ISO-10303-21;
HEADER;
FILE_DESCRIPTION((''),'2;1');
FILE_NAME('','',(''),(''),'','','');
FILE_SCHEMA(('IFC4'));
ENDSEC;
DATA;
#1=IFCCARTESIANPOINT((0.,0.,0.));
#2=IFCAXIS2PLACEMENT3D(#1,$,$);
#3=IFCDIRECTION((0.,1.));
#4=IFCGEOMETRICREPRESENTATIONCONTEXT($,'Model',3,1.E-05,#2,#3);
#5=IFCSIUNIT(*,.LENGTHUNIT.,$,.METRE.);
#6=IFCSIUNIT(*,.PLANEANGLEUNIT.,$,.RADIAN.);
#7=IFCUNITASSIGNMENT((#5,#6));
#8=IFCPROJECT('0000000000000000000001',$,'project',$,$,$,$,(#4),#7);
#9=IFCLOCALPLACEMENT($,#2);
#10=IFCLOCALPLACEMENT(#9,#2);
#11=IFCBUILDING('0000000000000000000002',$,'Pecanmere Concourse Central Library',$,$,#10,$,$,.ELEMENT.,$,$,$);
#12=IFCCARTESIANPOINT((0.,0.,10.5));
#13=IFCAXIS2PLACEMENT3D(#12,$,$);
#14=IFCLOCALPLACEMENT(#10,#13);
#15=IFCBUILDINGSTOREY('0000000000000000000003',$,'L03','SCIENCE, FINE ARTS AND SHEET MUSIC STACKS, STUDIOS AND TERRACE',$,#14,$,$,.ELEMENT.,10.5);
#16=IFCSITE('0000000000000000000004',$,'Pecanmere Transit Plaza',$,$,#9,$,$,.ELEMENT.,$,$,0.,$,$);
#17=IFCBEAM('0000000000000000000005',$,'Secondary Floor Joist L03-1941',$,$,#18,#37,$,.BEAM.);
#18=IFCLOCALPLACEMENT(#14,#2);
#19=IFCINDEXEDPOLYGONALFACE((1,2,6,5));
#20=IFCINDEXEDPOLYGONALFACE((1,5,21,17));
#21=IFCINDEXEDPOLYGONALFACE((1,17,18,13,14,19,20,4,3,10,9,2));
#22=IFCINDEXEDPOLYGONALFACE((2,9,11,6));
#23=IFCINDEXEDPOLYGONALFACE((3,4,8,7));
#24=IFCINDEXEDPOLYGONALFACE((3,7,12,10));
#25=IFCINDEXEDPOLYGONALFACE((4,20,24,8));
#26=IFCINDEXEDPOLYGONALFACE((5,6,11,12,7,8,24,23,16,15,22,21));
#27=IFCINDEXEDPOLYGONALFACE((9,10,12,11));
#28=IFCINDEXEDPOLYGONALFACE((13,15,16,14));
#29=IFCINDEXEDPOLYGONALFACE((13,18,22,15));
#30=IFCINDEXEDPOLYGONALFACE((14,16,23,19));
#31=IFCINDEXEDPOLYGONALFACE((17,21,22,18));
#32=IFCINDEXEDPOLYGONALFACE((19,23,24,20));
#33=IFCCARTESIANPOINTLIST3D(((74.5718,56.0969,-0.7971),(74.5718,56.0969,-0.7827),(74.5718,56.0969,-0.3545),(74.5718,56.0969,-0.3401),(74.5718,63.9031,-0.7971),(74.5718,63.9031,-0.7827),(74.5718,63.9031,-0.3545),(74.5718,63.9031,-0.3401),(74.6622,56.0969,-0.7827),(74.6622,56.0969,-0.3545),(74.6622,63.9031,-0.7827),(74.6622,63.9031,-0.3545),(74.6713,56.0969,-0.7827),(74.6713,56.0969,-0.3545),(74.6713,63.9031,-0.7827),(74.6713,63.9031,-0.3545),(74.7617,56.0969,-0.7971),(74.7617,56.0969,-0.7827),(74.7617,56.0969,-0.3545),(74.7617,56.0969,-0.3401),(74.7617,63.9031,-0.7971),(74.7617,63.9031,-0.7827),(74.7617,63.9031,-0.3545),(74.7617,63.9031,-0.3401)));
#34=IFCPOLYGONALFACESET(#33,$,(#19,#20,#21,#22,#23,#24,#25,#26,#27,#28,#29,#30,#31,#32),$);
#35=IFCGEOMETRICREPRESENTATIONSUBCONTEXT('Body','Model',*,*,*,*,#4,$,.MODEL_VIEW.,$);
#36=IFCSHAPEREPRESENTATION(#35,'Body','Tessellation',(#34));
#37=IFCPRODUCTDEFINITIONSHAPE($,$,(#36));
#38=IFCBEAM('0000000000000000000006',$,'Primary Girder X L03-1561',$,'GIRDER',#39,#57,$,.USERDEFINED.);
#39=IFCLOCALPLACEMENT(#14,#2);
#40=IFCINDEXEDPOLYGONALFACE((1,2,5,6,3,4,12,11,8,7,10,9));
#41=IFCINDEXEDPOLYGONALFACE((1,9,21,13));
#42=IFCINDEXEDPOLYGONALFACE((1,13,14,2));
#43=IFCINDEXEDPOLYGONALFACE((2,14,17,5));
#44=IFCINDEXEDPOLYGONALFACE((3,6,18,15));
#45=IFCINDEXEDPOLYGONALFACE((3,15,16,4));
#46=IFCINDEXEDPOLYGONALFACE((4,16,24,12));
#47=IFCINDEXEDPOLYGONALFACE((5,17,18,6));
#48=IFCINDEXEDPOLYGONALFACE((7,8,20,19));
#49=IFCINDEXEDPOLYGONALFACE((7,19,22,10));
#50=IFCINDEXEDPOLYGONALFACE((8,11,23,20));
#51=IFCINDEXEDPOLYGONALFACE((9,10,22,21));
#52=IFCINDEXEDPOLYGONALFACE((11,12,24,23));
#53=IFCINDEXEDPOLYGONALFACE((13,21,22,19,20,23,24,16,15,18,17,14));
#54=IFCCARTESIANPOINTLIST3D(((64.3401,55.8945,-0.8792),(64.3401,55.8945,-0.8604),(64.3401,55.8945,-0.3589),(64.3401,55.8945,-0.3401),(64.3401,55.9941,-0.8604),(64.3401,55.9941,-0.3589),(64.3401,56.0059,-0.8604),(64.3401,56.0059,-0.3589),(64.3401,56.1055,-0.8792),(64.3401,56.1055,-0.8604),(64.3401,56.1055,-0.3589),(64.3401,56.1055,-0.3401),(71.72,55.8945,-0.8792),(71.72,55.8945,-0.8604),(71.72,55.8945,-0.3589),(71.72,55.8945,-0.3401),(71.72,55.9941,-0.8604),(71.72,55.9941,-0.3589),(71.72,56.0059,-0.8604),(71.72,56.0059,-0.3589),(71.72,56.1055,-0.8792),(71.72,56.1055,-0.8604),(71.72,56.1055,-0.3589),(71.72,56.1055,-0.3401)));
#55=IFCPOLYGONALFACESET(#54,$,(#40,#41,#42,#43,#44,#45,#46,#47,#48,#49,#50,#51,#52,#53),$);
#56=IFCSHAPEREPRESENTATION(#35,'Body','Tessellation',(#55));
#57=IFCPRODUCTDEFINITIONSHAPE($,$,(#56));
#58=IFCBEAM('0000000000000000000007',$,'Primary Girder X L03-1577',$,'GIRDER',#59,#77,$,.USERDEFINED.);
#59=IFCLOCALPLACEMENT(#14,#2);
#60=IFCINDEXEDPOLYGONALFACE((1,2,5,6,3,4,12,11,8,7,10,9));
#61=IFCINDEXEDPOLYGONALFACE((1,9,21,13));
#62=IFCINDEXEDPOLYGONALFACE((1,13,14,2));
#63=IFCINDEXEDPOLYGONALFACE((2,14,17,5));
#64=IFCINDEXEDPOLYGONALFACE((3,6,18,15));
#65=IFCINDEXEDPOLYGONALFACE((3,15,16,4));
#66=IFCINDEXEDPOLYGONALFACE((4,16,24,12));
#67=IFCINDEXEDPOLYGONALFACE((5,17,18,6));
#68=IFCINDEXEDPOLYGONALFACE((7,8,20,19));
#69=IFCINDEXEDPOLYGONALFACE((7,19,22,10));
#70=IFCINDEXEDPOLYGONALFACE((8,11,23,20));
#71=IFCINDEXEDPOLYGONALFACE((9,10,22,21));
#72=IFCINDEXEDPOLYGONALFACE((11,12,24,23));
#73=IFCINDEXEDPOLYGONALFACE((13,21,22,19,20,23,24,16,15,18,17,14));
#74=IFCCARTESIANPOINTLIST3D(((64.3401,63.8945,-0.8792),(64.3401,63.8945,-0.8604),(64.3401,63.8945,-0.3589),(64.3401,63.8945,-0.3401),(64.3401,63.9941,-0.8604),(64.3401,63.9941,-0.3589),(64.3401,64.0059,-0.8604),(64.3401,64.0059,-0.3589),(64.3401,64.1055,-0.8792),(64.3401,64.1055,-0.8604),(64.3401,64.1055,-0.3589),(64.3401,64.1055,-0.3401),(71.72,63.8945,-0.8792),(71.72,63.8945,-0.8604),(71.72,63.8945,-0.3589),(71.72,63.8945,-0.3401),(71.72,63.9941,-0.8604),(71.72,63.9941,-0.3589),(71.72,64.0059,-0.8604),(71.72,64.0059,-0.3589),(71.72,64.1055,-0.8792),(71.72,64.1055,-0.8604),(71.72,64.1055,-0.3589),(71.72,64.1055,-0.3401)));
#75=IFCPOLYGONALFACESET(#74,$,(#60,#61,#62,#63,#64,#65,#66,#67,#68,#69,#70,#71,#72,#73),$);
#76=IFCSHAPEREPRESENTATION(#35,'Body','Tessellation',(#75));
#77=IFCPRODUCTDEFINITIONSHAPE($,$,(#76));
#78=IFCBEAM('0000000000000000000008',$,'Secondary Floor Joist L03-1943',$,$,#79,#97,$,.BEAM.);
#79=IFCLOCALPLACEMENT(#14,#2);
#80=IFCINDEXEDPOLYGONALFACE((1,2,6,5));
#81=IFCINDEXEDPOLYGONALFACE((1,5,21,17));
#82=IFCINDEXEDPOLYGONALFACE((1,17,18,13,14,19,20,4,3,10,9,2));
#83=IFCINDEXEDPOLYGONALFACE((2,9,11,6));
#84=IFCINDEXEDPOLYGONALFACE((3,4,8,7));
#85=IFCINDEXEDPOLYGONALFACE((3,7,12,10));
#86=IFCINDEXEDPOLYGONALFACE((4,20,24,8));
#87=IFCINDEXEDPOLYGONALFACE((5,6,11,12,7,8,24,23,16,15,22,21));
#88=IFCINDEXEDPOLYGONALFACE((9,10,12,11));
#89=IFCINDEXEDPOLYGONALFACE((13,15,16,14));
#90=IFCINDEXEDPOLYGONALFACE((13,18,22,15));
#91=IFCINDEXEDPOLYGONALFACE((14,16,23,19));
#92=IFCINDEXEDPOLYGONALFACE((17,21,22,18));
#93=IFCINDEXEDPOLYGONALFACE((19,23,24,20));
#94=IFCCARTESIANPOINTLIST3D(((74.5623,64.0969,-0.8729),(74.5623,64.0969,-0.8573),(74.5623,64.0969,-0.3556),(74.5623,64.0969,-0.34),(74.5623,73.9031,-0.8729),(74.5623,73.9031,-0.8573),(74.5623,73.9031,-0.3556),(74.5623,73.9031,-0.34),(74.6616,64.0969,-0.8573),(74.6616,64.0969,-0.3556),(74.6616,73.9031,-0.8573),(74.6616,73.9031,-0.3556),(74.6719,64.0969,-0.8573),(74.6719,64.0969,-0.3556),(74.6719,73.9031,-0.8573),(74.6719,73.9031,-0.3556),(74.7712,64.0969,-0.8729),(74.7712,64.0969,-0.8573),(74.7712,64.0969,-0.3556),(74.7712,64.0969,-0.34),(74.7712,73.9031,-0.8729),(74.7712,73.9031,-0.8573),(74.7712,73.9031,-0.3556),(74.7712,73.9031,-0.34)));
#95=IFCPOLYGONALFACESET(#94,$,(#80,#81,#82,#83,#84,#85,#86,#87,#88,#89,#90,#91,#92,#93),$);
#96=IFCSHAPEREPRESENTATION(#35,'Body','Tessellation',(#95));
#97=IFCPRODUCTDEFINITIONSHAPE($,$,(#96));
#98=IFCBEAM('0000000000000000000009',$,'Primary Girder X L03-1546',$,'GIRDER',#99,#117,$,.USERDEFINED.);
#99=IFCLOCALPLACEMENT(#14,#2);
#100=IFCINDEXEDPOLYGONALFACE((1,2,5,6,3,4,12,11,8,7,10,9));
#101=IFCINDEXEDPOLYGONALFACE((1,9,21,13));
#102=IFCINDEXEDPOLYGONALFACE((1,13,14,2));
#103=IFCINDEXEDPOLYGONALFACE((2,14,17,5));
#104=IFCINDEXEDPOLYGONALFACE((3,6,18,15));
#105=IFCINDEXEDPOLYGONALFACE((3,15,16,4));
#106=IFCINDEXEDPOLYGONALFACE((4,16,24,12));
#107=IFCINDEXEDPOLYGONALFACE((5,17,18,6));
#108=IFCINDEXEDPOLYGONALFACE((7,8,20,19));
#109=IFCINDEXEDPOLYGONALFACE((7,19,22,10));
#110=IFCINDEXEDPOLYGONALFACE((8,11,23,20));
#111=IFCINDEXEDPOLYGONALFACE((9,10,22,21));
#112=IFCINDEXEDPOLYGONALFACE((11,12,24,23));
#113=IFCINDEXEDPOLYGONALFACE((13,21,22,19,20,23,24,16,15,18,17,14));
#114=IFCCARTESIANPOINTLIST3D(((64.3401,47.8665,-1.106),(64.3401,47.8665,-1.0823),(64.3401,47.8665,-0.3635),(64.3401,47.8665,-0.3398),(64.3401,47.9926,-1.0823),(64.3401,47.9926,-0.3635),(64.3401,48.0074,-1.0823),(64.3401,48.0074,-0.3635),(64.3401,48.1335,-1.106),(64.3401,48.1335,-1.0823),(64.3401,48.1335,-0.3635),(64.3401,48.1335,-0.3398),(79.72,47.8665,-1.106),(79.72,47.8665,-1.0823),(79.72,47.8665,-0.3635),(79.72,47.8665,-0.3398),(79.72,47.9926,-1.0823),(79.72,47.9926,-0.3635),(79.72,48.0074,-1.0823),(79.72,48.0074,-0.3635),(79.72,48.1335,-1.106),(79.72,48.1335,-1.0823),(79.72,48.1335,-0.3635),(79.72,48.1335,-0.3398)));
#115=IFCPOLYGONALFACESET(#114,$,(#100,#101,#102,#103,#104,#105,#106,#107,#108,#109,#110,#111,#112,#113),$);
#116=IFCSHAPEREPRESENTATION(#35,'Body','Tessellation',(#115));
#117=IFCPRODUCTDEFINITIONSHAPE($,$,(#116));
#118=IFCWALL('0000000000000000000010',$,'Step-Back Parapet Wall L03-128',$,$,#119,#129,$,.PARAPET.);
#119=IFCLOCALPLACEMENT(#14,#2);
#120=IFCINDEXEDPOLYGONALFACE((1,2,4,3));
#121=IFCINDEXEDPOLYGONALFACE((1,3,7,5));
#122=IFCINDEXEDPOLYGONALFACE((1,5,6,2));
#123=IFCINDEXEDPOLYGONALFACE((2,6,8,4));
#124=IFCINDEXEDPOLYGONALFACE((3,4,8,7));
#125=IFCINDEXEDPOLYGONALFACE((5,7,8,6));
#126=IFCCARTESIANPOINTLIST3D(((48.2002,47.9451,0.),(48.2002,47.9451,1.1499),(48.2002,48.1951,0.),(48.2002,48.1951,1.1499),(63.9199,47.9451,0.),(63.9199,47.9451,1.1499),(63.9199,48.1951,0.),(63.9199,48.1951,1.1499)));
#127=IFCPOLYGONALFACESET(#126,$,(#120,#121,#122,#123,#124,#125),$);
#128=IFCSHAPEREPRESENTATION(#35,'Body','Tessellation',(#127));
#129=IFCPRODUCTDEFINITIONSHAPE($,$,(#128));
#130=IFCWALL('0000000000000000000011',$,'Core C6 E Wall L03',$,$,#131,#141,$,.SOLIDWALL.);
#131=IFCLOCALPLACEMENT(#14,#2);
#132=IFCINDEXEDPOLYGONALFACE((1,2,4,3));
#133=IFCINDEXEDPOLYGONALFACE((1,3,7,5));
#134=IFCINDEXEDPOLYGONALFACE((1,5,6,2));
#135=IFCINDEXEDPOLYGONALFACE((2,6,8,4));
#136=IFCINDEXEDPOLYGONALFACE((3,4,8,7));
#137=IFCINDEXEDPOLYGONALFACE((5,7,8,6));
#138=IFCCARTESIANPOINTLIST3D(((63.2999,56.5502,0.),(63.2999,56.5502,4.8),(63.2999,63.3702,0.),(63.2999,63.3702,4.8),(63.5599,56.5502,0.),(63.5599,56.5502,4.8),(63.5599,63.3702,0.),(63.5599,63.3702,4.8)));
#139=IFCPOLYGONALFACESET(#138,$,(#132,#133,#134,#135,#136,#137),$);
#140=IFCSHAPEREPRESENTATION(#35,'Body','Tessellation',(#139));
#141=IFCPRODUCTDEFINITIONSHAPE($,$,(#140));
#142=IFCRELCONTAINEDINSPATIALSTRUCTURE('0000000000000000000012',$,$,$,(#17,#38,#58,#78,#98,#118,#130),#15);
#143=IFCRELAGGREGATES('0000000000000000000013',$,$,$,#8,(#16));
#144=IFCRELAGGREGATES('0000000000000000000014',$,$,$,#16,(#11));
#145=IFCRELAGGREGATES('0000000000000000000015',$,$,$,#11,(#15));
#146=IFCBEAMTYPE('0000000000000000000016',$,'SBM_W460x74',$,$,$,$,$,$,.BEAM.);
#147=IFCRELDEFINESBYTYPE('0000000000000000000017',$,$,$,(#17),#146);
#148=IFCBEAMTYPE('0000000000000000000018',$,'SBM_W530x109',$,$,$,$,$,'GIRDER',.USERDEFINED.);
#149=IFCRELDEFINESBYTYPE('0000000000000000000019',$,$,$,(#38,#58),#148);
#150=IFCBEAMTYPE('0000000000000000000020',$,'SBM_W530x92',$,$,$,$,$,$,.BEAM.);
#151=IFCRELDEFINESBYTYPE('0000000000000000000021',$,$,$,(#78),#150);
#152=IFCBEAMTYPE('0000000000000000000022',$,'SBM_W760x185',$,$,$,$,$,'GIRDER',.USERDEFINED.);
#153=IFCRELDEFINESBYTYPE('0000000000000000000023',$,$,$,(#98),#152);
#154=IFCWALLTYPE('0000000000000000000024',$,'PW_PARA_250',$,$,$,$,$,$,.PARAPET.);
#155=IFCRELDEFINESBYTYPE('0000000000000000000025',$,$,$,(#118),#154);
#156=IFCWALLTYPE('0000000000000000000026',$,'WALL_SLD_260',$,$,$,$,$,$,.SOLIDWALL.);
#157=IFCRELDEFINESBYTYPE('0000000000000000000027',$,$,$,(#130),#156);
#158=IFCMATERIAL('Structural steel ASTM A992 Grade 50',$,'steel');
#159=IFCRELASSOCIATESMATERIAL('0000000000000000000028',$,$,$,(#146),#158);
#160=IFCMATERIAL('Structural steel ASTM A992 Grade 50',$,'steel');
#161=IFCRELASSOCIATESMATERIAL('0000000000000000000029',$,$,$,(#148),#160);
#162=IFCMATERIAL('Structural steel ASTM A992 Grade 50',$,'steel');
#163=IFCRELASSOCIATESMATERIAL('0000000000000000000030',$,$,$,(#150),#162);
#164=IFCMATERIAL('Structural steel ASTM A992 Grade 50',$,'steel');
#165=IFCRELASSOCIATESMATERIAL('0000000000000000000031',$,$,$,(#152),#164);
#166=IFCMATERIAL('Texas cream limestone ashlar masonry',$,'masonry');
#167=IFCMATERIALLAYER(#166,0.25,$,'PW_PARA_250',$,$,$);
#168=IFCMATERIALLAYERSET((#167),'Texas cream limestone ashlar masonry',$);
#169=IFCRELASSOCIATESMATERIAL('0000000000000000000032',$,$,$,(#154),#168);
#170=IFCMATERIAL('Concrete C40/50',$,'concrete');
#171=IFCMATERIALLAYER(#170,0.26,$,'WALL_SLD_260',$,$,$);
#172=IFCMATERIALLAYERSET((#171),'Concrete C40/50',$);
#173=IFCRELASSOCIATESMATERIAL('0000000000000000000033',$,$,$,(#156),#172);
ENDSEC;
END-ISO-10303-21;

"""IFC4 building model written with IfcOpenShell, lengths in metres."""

from ifc_helpers import new_model, si_unit, direction, frame, frame_2d, origin, origin_2d, place, context, subcontext, project, spatial, rectangle, i_section, extrude, material, layer, layer_set, material_profile, profile_set, type_object, element, save


model = new_model("IFC4")

# Units and contexts
model_context = context("Model", 3, precision=1e-05, world=origin(), true_north=direction((0.0, 1.0)))
body_context = subcontext(model_context, "Body", "Model", "MODEL_VIEW")
ifc_project = project(units=[si_unit("LENGTHUNIT", "METRE"), si_unit("PLANEANGLEUNIT", "RADIAN")], contexts=[model_context])

# Site, building, storey
site_placement = place(None, origin())
site = spatial("IfcSite", under=ifc_project, at=site_placement, Name="Pecanmere Transit Plaza", CompositionType="ELEMENT", RefElevation=0.0)
building_placement = place(site_placement, origin())
building = spatial("IfcBuilding", under=site, at=building_placement, Name="Pecanmere Concourse Central Library", CompositionType="ELEMENT")
storey_placement = place(building_placement, frame((0.0, 0.0, 10.5)))
storey = spatial("IfcBuildingStorey", under=building, at=storey_placement, Name="L03", Description="SCIENCE, FINE ARTS AND SHEET MUSIC STACKS, STUDIOS AND TERRACE", CompositionType="ELEMENT", Elevation=10.5)

# Beams
ifc_material_1 = material(Name="Structural steel ASTM A992 Grade 50", Category="steel")
ifc_material_profile_1 = material_profile(ifc_material_1, i_section(OverallWidth=0.1899, OverallDepth=0.457, WebThickness=0.009, FlangeThickness=0.0144, at=origin_2d()), Name="W460x74")
ifc_profile_set_1 = profile_set([ifc_material_profile_1], Name="Structural steel ASTM A992 Grade 50")
beam_type_1 = type_object("IfcBeamType", Name="SBM_W460x74", PredefinedType="BEAM", material=ifc_profile_set_1)
beam_1_placement = place(storey_placement, frame((74.6667, 56.0969, -0.5686), z_axis=(0.0, 1.0, 0.0), x_axis=(-1.0, 0.0, 0.0)))
element("IfcBeam", 1, at=beam_1_placement, inside=storey, type_object=beam_type_1, Name="Secondary Floor Joist L03-1941", PredefinedType="BEAM", context=body_context, shape_type="SweptSolid", body=[
    extrude(i_section(OverallWidth=0.1899, OverallDepth=0.457, WebThickness=0.009, FlangeThickness=0.0144, at=origin_2d()), origin(), (0.0, 0.0, 1.0), 7.8062),
])
ifc_material_2 = material(Name="Structural steel ASTM A992 Grade 50", Category="steel")
ifc_material_profile_2 = material_profile(ifc_material_2, i_section(OverallWidth=0.2109, OverallDepth=0.5391, WebThickness=0.0117, FlangeThickness=0.0188, at=origin_2d()), Name="W530x109")
ifc_profile_set_2 = profile_set([ifc_material_profile_2], Name="Structural steel ASTM A992 Grade 50")
beam_type_2 = type_object("IfcBeamType", Name="SBM_W530x109", ElementType="GIRDER", PredefinedType="USERDEFINED", material=ifc_profile_set_2)
for number, where, z_axis, x_axis, name in (
    (2, (64.3401, 56.0, -0.6096), (1.0, 0.0, 0.0), (0.0, 1.0, 0.0), "Primary Girder X L03-1561"),
    (3, (64.3401, 64.0, -0.6096), (1.0, 0.0, 0.0), (0.0, 1.0, 0.0), "Primary Girder X L03-1577"),
):
    element("IfcBeam", number, at=place(storey_placement, frame(where, z_axis=z_axis, x_axis=x_axis)), inside=storey, type_object=beam_type_2, Name=name, ObjectType="GIRDER", PredefinedType="USERDEFINED", context=body_context, shape_type="SweptSolid", body=[
        extrude(i_section(OverallWidth=0.2109, OverallDepth=0.5391, WebThickness=0.0117, FlangeThickness=0.0188, at=origin_2d()), origin(), (0.0, 0.0, 1.0), 7.3799),
    ])
ifc_material_3 = material(Name="Structural steel ASTM A992 Grade 50", Category="steel")
ifc_material_profile_3 = material_profile(ifc_material_3, i_section(OverallWidth=0.209, OverallDepth=0.533, WebThickness=0.0103, FlangeThickness=0.0156, at=origin_2d()), Name="W530x92")
ifc_profile_set_3 = profile_set([ifc_material_profile_3], Name="Structural steel ASTM A992 Grade 50")
beam_type_3 = type_object("IfcBeamType", Name="SBM_W530x92", PredefinedType="BEAM", material=ifc_profile_set_3)
beam_2_placement = place(storey_placement, frame((74.6667, 64.0969, -0.6064), z_axis=(0.0, 1.0, 0.0), x_axis=(-1.0, 0.0, 0.0)))
element("IfcBeam", 4, at=beam_2_placement, inside=storey, type_object=beam_type_3, Name="Secondary Floor Joist L03-1943", PredefinedType="BEAM", context=body_context, shape_type="SweptSolid", body=[
    extrude(i_section(OverallWidth=0.209, OverallDepth=0.533, WebThickness=0.0103, FlangeThickness=0.0156, at=origin_2d()), origin(), (0.0, 0.0, 1.0), 9.8062),
])
ifc_material_4 = material(Name="Structural steel ASTM A992 Grade 50", Category="steel")
ifc_material_profile_4 = material_profile(ifc_material_4, i_section(OverallWidth=0.2671, OverallDepth=0.7661, WebThickness=0.0149, FlangeThickness=0.0237, at=origin_2d()), Name="W760x185")
ifc_profile_set_4 = profile_set([ifc_material_profile_4], Name="Structural steel ASTM A992 Grade 50")
beam_type_4 = type_object("IfcBeamType", Name="SBM_W760x185", ElementType="GIRDER", PredefinedType="USERDEFINED", material=ifc_profile_set_4)
beam_3_placement = place(storey_placement, frame((64.3401, 48.0, -0.7229), z_axis=(1.0, 0.0, 0.0), x_axis=(0.0, 1.0, 0.0)))
element("IfcBeam", 5, at=beam_3_placement, inside=storey, type_object=beam_type_4, Name="Primary Girder X L03-1546", ObjectType="GIRDER", PredefinedType="USERDEFINED", context=body_context, shape_type="SweptSolid", body=[
    extrude(i_section(OverallWidth=0.2671, OverallDepth=0.7661, WebThickness=0.0149, FlangeThickness=0.0237, at=origin_2d()), origin(), (0.0, 0.0, 1.0), 15.3799),
])

# Walls
ifc_material_5 = material(Name="Texas cream limestone ashlar masonry", Category="masonry")
ifc_layer_1 = layer(ifc_material_5, 0.25, Name="PW_PARA_250")
ifc_layer_set_1 = layer_set([ifc_layer_1], Name="Texas cream limestone ashlar masonry")
wall_type_1 = type_object("IfcWallType", Name="PW_PARA_250", PredefinedType="PARAPET", material=ifc_layer_set_1)
wall_1_placement = place(storey_placement, frame((63.9199, 48.0701, 0.0), z_axis=(0.0, 0.0, 1.0), x_axis=(-1.0, 0.0, 0.0)))
element("IfcWall", 6, at=wall_1_placement, inside=storey, type_object=wall_type_1, Name="Step-Back Parapet Wall L03-128", PredefinedType="PARAPET", context=body_context, shape_type="SweptSolid", body=[
    extrude(rectangle(XDim=15.7197, YDim=0.25, at=frame_2d((7.8599, 0.0))), origin(), (0.0, 0.0, 1.0), 1.1499),
])
ifc_material_6 = material(Name="Concrete C40/50", Category="concrete")
ifc_layer_2 = layer(ifc_material_6, 0.26, Name="WALL_SLD_260")
ifc_layer_set_2 = layer_set([ifc_layer_2], Name="Concrete C40/50")
wall_type_2 = type_object("IfcWallType", Name="WALL_SLD_260", PredefinedType="SOLIDWALL", material=ifc_layer_set_2)
wall_2_placement = place(storey_placement, frame((63.4299, 56.55, 0.0), z_axis=(0.0, 0.0, 1.0), x_axis=(0.0, 1.0, 0.0)))
element("IfcWall", 7, at=wall_2_placement, inside=storey, type_object=wall_type_2, Name="Core C6 E Wall L03", PredefinedType="SOLIDWALL", context=body_context, shape_type="SweptSolid", body=[
    extrude(rectangle(XDim=6.8201, YDim=0.26, at=frame_2d((3.4102, 0.0))), origin(), (0.0, 0.0, 1.0), 4.8),
])

save(model, "model.ifc")
